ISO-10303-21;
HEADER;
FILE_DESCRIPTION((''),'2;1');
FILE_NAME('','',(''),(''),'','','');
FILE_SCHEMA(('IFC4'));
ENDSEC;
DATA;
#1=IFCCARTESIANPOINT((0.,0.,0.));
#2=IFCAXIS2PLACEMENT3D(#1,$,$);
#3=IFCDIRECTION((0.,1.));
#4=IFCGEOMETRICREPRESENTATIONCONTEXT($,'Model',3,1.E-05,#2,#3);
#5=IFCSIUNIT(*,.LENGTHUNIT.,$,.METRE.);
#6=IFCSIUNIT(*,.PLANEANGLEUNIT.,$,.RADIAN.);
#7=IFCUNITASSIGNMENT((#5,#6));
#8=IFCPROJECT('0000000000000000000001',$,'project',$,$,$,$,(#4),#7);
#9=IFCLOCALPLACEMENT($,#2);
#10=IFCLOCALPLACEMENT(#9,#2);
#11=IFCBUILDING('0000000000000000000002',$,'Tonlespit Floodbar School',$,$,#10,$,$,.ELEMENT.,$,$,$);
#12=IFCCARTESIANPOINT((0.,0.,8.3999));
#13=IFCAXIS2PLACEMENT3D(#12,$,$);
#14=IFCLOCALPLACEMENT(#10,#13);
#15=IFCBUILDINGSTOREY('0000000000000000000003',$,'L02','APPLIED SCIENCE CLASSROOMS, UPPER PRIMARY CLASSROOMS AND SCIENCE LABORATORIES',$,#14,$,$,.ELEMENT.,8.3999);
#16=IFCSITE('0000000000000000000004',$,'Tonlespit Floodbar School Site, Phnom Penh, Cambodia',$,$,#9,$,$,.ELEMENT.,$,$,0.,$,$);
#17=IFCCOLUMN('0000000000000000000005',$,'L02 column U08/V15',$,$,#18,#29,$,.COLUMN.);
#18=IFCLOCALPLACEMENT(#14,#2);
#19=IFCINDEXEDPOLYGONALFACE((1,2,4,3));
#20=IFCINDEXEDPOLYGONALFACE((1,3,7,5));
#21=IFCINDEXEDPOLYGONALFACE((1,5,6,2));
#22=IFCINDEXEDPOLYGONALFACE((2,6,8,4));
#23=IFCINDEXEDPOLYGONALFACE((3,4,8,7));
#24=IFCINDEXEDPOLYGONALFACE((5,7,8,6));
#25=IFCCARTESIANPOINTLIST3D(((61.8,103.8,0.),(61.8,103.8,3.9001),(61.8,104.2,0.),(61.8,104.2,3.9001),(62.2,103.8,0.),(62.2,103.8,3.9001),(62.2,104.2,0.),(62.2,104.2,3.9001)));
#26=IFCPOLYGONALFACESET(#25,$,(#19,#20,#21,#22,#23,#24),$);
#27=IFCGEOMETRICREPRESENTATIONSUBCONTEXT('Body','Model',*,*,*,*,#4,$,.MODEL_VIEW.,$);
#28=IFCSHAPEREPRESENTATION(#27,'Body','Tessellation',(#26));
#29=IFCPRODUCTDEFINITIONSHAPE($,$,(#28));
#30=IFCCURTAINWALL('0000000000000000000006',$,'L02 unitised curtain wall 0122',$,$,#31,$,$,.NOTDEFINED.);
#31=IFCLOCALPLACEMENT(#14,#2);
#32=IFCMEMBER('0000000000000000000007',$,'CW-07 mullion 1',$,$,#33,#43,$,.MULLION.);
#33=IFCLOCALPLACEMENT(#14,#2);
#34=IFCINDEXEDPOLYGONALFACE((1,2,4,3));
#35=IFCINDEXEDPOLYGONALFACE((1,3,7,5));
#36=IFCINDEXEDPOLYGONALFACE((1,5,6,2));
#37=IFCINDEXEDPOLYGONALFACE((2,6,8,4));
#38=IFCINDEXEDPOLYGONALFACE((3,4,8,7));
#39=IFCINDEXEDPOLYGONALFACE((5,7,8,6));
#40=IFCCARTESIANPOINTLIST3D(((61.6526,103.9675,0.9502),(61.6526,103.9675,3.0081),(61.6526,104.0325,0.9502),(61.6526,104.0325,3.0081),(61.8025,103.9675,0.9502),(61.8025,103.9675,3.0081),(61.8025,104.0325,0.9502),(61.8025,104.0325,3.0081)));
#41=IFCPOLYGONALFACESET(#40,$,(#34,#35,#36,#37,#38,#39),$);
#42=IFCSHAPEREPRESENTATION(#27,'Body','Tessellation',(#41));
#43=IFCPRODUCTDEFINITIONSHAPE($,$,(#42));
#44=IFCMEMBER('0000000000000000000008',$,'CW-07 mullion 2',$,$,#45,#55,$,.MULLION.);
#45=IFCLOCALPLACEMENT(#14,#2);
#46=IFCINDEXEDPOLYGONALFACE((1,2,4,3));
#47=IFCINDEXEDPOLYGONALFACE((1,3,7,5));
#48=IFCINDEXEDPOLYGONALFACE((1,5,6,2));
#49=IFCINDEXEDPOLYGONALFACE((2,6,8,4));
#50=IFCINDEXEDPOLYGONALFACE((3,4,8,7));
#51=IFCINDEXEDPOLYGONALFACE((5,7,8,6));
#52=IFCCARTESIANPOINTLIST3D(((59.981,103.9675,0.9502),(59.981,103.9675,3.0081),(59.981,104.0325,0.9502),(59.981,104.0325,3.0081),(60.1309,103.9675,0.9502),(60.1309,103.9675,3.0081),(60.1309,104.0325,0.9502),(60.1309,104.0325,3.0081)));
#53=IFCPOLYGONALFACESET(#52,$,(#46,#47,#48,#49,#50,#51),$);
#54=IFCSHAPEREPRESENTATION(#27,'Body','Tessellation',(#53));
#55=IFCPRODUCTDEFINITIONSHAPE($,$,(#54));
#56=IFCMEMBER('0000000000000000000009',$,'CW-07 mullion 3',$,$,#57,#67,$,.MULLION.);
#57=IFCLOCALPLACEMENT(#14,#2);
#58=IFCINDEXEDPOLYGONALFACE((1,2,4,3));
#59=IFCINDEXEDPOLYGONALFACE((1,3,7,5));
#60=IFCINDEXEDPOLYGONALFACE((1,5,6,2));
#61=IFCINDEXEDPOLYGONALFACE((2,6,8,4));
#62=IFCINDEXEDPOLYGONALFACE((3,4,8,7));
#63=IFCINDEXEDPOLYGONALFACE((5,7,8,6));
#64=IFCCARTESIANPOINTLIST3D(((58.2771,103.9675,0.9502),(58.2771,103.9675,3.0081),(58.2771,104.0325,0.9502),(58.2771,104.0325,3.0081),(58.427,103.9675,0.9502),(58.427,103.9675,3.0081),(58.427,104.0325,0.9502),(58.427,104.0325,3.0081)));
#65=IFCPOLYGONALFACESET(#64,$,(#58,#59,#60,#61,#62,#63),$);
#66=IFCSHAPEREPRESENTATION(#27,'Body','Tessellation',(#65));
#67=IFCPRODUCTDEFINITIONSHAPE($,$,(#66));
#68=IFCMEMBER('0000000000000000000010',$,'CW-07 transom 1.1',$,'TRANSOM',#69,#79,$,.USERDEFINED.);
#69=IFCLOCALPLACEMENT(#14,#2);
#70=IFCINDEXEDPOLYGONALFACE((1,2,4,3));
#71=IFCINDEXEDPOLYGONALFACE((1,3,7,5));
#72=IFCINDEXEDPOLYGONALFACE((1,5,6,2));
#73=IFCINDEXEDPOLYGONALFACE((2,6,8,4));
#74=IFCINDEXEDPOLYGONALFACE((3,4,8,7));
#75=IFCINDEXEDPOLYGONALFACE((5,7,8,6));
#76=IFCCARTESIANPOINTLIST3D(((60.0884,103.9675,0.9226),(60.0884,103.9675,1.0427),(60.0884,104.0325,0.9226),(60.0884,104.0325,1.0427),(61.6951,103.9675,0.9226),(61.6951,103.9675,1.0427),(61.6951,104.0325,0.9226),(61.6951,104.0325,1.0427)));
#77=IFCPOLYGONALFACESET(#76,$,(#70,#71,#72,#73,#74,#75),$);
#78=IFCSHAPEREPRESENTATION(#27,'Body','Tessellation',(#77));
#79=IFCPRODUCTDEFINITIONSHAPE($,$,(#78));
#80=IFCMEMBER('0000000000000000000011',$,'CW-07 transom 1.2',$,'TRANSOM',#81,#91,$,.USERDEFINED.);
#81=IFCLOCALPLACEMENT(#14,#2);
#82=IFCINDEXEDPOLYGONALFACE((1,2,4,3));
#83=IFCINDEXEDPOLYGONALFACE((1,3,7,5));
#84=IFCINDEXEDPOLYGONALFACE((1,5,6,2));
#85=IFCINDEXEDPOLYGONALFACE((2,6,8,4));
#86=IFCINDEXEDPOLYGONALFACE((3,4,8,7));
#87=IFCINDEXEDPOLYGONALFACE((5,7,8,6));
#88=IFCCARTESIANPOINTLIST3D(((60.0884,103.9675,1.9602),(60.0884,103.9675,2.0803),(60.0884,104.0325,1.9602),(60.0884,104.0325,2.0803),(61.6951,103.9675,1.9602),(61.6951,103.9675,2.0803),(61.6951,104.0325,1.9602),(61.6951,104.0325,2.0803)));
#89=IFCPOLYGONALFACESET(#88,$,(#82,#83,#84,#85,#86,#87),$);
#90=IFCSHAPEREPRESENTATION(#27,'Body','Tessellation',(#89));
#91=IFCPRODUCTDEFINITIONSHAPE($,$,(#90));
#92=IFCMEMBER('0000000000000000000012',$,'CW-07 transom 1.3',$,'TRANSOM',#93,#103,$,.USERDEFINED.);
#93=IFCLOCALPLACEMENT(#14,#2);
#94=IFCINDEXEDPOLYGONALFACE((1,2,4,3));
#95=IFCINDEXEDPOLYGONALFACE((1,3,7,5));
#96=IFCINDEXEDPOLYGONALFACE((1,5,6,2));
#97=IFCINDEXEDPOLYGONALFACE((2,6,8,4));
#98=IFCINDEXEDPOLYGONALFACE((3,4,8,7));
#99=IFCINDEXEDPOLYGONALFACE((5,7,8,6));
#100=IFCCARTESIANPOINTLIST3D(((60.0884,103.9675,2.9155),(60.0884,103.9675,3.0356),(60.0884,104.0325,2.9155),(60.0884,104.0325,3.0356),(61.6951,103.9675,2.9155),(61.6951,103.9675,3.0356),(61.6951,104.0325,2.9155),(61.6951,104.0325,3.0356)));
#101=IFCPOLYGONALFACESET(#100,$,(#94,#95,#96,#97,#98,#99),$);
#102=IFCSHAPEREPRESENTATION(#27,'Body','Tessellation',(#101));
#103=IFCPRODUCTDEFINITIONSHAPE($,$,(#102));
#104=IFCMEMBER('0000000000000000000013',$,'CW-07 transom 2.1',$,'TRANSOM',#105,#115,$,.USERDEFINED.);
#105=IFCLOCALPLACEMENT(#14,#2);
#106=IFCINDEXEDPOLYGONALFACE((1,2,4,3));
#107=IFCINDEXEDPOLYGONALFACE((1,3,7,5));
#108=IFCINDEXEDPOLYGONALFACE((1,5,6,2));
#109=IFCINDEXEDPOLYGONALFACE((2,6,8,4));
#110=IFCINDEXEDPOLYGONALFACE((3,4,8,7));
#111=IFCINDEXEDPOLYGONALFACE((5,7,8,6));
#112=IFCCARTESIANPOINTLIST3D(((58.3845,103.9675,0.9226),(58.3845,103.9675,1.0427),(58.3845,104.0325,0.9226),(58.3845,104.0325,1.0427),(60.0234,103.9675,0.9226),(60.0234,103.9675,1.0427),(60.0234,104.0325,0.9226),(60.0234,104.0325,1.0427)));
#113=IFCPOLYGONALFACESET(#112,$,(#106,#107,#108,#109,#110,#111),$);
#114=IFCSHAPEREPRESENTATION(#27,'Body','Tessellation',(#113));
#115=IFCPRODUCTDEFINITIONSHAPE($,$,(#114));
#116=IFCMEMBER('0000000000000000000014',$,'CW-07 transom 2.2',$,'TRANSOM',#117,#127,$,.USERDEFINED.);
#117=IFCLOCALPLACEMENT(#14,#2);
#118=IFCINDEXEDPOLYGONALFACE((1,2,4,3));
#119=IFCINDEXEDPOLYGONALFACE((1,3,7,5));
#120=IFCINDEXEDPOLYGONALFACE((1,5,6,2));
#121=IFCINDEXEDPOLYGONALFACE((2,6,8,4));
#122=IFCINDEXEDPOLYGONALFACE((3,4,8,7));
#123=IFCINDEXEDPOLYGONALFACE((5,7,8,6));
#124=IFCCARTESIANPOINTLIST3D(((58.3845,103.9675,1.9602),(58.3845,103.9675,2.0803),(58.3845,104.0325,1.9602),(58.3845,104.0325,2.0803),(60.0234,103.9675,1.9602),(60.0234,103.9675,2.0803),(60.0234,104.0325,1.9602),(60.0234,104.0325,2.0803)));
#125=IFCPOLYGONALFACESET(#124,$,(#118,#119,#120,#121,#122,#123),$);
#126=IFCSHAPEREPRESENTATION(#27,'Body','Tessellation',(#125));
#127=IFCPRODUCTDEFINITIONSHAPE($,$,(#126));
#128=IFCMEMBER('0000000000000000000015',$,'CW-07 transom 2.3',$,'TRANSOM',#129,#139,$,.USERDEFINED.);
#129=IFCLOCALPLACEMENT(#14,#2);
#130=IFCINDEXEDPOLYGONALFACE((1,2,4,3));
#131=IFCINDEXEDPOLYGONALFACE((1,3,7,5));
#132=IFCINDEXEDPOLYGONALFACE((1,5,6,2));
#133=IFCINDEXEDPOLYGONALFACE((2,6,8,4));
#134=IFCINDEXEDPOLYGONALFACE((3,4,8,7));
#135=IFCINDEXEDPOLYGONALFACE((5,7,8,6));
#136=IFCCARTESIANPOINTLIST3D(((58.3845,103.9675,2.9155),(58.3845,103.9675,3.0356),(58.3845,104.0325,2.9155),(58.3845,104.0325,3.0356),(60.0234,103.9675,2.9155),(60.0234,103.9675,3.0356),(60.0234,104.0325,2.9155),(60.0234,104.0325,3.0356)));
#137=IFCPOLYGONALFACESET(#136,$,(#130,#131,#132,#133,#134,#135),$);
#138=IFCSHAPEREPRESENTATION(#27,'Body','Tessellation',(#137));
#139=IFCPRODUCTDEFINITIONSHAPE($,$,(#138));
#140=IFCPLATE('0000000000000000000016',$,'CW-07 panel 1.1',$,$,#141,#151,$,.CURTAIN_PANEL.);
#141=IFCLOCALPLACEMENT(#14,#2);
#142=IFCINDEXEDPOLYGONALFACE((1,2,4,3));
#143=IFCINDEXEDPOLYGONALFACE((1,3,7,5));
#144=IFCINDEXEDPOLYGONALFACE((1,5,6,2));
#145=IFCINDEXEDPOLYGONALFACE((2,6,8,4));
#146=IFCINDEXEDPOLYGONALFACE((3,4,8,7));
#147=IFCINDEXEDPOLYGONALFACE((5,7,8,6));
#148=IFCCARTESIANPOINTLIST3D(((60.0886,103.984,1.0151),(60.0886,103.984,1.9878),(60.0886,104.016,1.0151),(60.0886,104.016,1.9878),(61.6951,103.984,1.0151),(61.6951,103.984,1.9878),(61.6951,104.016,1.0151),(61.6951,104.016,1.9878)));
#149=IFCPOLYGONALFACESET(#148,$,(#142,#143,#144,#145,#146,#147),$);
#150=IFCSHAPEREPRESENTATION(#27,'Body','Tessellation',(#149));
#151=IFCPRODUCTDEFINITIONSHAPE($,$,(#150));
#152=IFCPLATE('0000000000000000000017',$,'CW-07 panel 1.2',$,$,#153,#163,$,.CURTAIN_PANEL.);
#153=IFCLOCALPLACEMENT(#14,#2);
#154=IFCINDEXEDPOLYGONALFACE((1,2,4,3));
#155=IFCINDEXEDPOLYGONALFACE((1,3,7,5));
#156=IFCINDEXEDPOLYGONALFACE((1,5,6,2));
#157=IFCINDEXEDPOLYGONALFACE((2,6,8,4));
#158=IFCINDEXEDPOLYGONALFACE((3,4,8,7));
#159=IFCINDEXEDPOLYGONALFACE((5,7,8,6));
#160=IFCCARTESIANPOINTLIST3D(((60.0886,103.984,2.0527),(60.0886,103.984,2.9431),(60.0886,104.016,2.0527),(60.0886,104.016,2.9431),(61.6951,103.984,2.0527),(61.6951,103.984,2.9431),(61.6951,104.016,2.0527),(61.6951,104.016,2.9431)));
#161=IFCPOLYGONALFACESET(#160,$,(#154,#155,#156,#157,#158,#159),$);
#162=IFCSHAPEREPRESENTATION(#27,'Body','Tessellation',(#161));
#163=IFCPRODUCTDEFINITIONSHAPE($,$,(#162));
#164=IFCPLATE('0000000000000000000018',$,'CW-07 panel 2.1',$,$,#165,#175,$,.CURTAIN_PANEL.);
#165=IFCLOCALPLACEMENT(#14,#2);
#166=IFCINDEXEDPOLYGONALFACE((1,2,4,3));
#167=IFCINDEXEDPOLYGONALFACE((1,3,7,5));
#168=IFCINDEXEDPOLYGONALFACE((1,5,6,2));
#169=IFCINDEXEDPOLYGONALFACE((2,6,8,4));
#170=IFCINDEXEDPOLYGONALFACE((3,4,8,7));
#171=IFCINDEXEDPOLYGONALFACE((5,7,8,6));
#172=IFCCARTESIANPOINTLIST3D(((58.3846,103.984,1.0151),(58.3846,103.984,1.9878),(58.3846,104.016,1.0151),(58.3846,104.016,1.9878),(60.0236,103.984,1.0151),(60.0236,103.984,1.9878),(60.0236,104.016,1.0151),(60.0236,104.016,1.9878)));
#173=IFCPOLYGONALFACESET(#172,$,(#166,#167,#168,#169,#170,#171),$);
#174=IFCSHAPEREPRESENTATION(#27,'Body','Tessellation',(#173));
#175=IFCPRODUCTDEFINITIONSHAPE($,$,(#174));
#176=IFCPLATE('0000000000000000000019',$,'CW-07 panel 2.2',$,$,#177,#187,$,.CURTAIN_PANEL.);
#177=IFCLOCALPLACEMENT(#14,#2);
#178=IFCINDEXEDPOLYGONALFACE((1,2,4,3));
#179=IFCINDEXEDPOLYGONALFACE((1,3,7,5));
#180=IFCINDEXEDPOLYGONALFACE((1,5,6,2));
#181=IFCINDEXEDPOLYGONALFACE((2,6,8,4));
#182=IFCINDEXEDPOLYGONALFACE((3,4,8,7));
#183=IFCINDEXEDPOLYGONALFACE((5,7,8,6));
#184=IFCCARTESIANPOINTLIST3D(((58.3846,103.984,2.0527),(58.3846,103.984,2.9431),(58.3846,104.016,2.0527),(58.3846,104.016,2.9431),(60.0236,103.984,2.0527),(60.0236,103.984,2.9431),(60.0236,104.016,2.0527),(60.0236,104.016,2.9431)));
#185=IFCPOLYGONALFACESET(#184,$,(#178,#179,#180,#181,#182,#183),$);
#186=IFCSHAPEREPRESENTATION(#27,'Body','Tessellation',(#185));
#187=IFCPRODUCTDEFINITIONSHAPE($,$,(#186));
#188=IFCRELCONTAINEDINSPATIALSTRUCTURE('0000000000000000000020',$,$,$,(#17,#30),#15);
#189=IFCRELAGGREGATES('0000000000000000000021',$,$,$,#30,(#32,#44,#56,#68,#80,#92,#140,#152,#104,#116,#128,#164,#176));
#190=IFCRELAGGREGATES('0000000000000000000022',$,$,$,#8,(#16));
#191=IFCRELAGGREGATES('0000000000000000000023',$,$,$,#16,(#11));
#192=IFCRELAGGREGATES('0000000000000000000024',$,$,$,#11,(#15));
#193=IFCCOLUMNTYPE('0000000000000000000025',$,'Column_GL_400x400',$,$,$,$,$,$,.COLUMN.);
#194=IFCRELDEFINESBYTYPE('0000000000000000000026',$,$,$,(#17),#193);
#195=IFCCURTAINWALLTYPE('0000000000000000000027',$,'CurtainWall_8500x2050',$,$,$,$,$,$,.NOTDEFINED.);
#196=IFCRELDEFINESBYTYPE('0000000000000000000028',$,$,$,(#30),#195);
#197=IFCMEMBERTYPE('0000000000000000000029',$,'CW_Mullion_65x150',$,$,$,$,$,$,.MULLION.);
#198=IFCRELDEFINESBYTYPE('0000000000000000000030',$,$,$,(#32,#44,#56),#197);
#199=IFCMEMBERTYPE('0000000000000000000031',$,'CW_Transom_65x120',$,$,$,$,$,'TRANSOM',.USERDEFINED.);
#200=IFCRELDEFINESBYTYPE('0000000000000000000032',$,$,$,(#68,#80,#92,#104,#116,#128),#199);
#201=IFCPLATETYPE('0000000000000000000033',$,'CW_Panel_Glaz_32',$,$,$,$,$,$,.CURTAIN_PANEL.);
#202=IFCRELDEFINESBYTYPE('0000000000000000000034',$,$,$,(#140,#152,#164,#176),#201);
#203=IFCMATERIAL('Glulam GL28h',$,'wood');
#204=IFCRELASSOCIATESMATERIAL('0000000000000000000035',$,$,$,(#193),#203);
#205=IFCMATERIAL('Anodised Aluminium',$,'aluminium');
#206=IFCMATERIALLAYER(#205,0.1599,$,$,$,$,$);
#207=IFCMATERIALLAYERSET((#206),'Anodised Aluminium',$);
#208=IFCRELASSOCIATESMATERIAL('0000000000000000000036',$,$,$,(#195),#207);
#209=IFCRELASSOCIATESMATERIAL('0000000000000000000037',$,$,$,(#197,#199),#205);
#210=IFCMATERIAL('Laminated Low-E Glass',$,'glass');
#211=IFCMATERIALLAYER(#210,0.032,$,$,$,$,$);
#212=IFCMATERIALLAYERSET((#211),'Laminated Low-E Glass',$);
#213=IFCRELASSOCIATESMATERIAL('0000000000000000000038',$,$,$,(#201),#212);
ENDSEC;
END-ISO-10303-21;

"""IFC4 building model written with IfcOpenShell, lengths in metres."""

from ifc_helpers import new_model, si_unit, direction, frame, origin, origin_2d, place, context, subcontext, project, spatial, rectangle, extrude, material, layer, layer_set, material_profile, profile_set, type_object, element, aggregate, save


model = new_model("IFC4")

# Units and contexts
model_context = context("Model", 3, precision=1e-05, world=origin(), true_north=direction((0.0, 1.0)))
body_context = subcontext(model_context, "Body", "Model", "MODEL_VIEW")
ifc_project = project(units=[si_unit("LENGTHUNIT", "METRE"), si_unit("PLANEANGLEUNIT", "RADIAN")], contexts=[model_context])

# Site, building, storey
site_placement = place(None, origin())
site = spatial("IfcSite", under=ifc_project, at=site_placement, Name="Tonlespit Floodbar School Site, Phnom Penh, Cambodia", CompositionType="ELEMENT", RefElevation=0.0)
building_placement = place(site_placement, origin())
building = spatial("IfcBuilding", under=site, at=building_placement, Name="Tonlespit Floodbar School", CompositionType="ELEMENT")
storey_placement = place(building_placement, frame((0.0, 0.0, 8.3999)))
storey = spatial("IfcBuildingStorey", under=building, at=storey_placement, Name="L02", Description="APPLIED SCIENCE CLASSROOMS, UPPER PRIMARY CLASSROOMS AND SCIENCE LABORATORIES", CompositionType="ELEMENT", Elevation=8.3999)

# Column
ifc_material_1 = material(Name="Glulam GL28h", Category="wood")
ifc_material_profile_1 = material_profile(ifc_material_1, rectangle(XDim=0.3999, YDim=0.3999, at=origin_2d()), Name="GL 400x400")
ifc_profile_set_1 = profile_set([ifc_material_profile_1], Name="Glulam GL28h")
column_type = type_object("IfcColumnType", Name="Column_GL_400x400", PredefinedType="COLUMN", material=ifc_profile_set_1)
column_placement = place(storey_placement, frame((62.0, 104.0, 0.0), z_axis=(0.0, 0.0, 1.0), x_axis=(1.0, 0.0, 0.0)))
element("IfcColumn", 1, at=column_placement, inside=storey, type_object=column_type, Name="L02 column U08/V15", PredefinedType="COLUMN", context=body_context, shape_type="SweptSolid", body=[
    extrude(rectangle(XDim=0.3999, YDim=0.3999, at=origin_2d()), origin(), (0.0, 0.0, 1.0), 3.9001),
])

# Curtain wall, members, plates
ifc_material_2 = material(Name="Anodised Aluminium", Category="aluminium")
ifc_layer_1 = layer(ifc_material_2, 0.1599)
ifc_layer_set_1 = layer_set([ifc_layer_1], Name="Anodised Aluminium")
curtain_wall_type = type_object("IfcCurtainWallType", Name="CurtainWall_8500x2050", PredefinedType="NOTDEFINED", material=ifc_layer_set_1)
curtain_wall_placement = place(storey_placement, origin())
curtain_wall = element("IfcCurtainWall", 2, at=curtain_wall_placement, inside=storey, type_object=curtain_wall_type, Name="L02 unitised curtain wall 0122", PredefinedType="NOTDEFINED")
ifc_material_profile_2 = material_profile(ifc_material_2, rectangle(XDim=0.0649, YDim=0.1499, at=origin_2d()), Name="ALU M65x150")
ifc_profile_set_2 = profile_set([ifc_material_profile_2], Name="Anodised Aluminium")
member_type_1 = type_object("IfcMemberType", Name="CW_Mullion_65x150", PredefinedType="MULLION", material=ifc_profile_set_2)
member_1_placement = place(storey_placement, frame((61.7275, 104.0, 0.9502), z_axis=(0.0, 0.0, 1.0), x_axis=(0.0, -1.0, 0.0)))
member_1 = element("IfcMember", 3, at=member_1_placement, type_object=member_type_1, Name="CW-07 mullion 1", PredefinedType="MULLION", context=body_context, shape_type="SweptSolid", body=[
    extrude(rectangle(XDim=0.0649, YDim=0.1499, at=origin_2d()), origin(), (0.0, 0.0, 1.0), 2.0579),
])
member_2_placement = place(storey_placement, frame((60.0559, 104.0, 0.9502), z_axis=(0.0, 0.0, 1.0), x_axis=(0.0, -1.0, 0.0)))
member_2 = element("IfcMember", 4, at=member_2_placement, type_object=member_type_1, Name="CW-07 mullion 2", PredefinedType="MULLION", context=body_context, shape_type="SweptSolid", body=[
    extrude(rectangle(XDim=0.0649, YDim=0.1499, at=origin_2d()), origin(), (0.0, 0.0, 1.0), 2.0579),
])
member_3_placement = place(storey_placement, frame((58.3521, 104.0, 0.9502), z_axis=(0.0, 0.0, 1.0), x_axis=(0.0, -1.0, 0.0)))
member_3 = element("IfcMember", 5, at=member_3_placement, type_object=member_type_1, Name="CW-07 mullion 3", PredefinedType="MULLION", context=body_context, shape_type="SweptSolid", body=[
    extrude(rectangle(XDim=0.0649, YDim=0.1499, at=origin_2d()), origin(), (0.0, 0.0, 1.0), 2.0579),
])
ifc_material_profile_3 = material_profile(ifc_material_2, rectangle(XDim=0.0649, YDim=0.1201, at=origin_2d()), Name="ALU T65x120")
ifc_profile_set_3 = profile_set([ifc_material_profile_3], Name="Anodised Aluminium")
member_type_2 = type_object("IfcMemberType", Name="CW_Transom_65x120", ElementType="TRANSOM", PredefinedType="USERDEFINED", material=ifc_profile_set_3)
member_4_placement = place(storey_placement, frame((61.6951, 104.0, 0.9827), z_axis=(-1.0, 0.0, 0.0), x_axis=(0.0, -1.0, 0.0)))
member_4 = element("IfcMember", 6, at=member_4_placement, type_object=member_type_2, Name="CW-07 transom 1.1", ObjectType="TRANSOM", PredefinedType="USERDEFINED", context=body_context, shape_type="SweptSolid", body=[
    extrude(rectangle(XDim=0.0649, YDim=0.1201, at=origin_2d()), origin(), (0.0, 0.0, 1.0), 1.6067),
])
member_5_placement = place(storey_placement, frame((61.6951, 104.0, 2.0203), z_axis=(-1.0, 0.0, 0.0), x_axis=(0.0, -1.0, 0.0)))
member_5 = element("IfcMember", 7, at=member_5_placement, type_object=member_type_2, Name="CW-07 transom 1.2", ObjectType="TRANSOM", PredefinedType="USERDEFINED", context=body_context, shape_type="SweptSolid", body=[
    extrude(rectangle(XDim=0.0649, YDim=0.1201, at=origin_2d()), origin(), (0.0, 0.0, 1.0), 1.6067),
])
member_6_placement = place(storey_placement, frame((61.6951, 104.0, 2.9756), z_axis=(-1.0, 0.0, 0.0), x_axis=(0.0, -1.0, 0.0)))
member_6 = element("IfcMember", 8, at=member_6_placement, type_object=member_type_2, Name="CW-07 transom 1.3", ObjectType="TRANSOM", PredefinedType="USERDEFINED", context=body_context, shape_type="SweptSolid", body=[
    extrude(rectangle(XDim=0.0649, YDim=0.1201, at=origin_2d()), origin(), (0.0, 0.0, 1.0), 1.6067),
])
member_7_placement = place(storey_placement, frame((60.0234, 104.0, 0.9827), z_axis=(-1.0, 0.0, 0.0), x_axis=(0.0, -1.0, 0.0)))
member_7 = element("IfcMember", 9, at=member_7_placement, type_object=member_type_2, Name="CW-07 transom 2.1", ObjectType="TRANSOM", PredefinedType="USERDEFINED", context=body_context, shape_type="SweptSolid", body=[
    extrude(rectangle(XDim=0.0649, YDim=0.1201, at=origin_2d()), origin(), (0.0, 0.0, 1.0), 1.6389),
])
member_8_placement = place(storey_placement, frame((60.0234, 104.0, 2.0203), z_axis=(-1.0, 0.0, 0.0), x_axis=(0.0, -1.0, 0.0)))
member_8 = element("IfcMember", 10, at=member_8_placement, type_object=member_type_2, Name="CW-07 transom 2.2", ObjectType="TRANSOM", PredefinedType="USERDEFINED", context=body_context, shape_type="SweptSolid", body=[
    extrude(rectangle(XDim=0.0649, YDim=0.1201, at=origin_2d()), origin(), (0.0, 0.0, 1.0), 1.6389),
])
member_9_placement = place(storey_placement, frame((60.0234, 104.0, 2.9756), z_axis=(-1.0, 0.0, 0.0), x_axis=(0.0, -1.0, 0.0)))
member_9 = element("IfcMember", 11, at=member_9_placement, type_object=member_type_2, Name="CW-07 transom 2.3", ObjectType="TRANSOM", PredefinedType="USERDEFINED", context=body_context, shape_type="SweptSolid", body=[
    extrude(rectangle(XDim=0.0649, YDim=0.1201, at=origin_2d()), origin(), (0.0, 0.0, 1.0), 1.6389),
])
ifc_material_3 = material(Name="Laminated Low-E Glass", Category="glass")
ifc_layer_2 = layer(ifc_material_3, 0.032)
ifc_layer_set_2 = layer_set([ifc_layer_2], Name="Laminated Low-E Glass")
plate_type = type_object("IfcPlateType", Name="CW_Panel_Glaz_32", PredefinedType="CURTAIN_PANEL", material=ifc_layer_set_2)
plate_1_placement = place(storey_placement, frame((60.8918, 104.0, 1.0151), z_axis=(0.0, 0.0, 1.0), x_axis=(-1.0, 0.0, 0.0)))
plate_1 = element("IfcPlate", 12, at=plate_1_placement, type_object=plate_type, Name="CW-07 panel 1.1", PredefinedType="CURTAIN_PANEL", context=body_context, shape_type="SweptSolid", body=[
    extrude(rectangle(XDim=1.6064, YDim=0.032, at=origin_2d()), origin(), (0.0, 0.0, 1.0), 0.9727),
])
plate_2_placement = place(storey_placement, frame((60.8918, 104.0, 2.0527), z_axis=(0.0, 0.0, 1.0), x_axis=(-1.0, 0.0, 0.0)))
plate_2 = element("IfcPlate", 13, at=plate_2_placement, type_object=plate_type, Name="CW-07 panel 1.2", PredefinedType="CURTAIN_PANEL", context=body_context, shape_type="SweptSolid", body=[
    extrude(rectangle(XDim=1.6064, YDim=0.032, at=origin_2d()), origin(), (0.0, 0.0, 1.0), 0.8904),
])
plate_3_placement = place(storey_placement, frame((59.2041, 104.0, 1.0151), z_axis=(0.0, 0.0, 1.0), x_axis=(-1.0, 0.0, 0.0)))
plate_3 = element("IfcPlate", 14, at=plate_3_placement, type_object=plate_type, Name="CW-07 panel 2.1", PredefinedType="CURTAIN_PANEL", context=body_context, shape_type="SweptSolid", body=[
    extrude(rectangle(XDim=1.6389, YDim=0.032, at=origin_2d()), origin(), (0.0, 0.0, 1.0), 0.9727),
])
plate_4_placement = place(storey_placement, frame((59.2041, 104.0, 2.0527), z_axis=(0.0, 0.0, 1.0), x_axis=(-1.0, 0.0, 0.0)))
plate_4 = element("IfcPlate", 15, at=plate_4_placement, type_object=plate_type, Name="CW-07 panel 2.2", PredefinedType="CURTAIN_PANEL", context=body_context, shape_type="SweptSolid", body=[
    extrude(rectangle(XDim=1.6389, YDim=0.032, at=origin_2d()), origin(), (0.0, 0.0, 1.0), 0.8904),
])
aggregate(curtain_wall, [member_1, member_2, member_3, member_4, member_5, member_6, plate_1, plate_2, member_7, member_8, member_9, plate_3, plate_4])

save(model, "model.ifc")
